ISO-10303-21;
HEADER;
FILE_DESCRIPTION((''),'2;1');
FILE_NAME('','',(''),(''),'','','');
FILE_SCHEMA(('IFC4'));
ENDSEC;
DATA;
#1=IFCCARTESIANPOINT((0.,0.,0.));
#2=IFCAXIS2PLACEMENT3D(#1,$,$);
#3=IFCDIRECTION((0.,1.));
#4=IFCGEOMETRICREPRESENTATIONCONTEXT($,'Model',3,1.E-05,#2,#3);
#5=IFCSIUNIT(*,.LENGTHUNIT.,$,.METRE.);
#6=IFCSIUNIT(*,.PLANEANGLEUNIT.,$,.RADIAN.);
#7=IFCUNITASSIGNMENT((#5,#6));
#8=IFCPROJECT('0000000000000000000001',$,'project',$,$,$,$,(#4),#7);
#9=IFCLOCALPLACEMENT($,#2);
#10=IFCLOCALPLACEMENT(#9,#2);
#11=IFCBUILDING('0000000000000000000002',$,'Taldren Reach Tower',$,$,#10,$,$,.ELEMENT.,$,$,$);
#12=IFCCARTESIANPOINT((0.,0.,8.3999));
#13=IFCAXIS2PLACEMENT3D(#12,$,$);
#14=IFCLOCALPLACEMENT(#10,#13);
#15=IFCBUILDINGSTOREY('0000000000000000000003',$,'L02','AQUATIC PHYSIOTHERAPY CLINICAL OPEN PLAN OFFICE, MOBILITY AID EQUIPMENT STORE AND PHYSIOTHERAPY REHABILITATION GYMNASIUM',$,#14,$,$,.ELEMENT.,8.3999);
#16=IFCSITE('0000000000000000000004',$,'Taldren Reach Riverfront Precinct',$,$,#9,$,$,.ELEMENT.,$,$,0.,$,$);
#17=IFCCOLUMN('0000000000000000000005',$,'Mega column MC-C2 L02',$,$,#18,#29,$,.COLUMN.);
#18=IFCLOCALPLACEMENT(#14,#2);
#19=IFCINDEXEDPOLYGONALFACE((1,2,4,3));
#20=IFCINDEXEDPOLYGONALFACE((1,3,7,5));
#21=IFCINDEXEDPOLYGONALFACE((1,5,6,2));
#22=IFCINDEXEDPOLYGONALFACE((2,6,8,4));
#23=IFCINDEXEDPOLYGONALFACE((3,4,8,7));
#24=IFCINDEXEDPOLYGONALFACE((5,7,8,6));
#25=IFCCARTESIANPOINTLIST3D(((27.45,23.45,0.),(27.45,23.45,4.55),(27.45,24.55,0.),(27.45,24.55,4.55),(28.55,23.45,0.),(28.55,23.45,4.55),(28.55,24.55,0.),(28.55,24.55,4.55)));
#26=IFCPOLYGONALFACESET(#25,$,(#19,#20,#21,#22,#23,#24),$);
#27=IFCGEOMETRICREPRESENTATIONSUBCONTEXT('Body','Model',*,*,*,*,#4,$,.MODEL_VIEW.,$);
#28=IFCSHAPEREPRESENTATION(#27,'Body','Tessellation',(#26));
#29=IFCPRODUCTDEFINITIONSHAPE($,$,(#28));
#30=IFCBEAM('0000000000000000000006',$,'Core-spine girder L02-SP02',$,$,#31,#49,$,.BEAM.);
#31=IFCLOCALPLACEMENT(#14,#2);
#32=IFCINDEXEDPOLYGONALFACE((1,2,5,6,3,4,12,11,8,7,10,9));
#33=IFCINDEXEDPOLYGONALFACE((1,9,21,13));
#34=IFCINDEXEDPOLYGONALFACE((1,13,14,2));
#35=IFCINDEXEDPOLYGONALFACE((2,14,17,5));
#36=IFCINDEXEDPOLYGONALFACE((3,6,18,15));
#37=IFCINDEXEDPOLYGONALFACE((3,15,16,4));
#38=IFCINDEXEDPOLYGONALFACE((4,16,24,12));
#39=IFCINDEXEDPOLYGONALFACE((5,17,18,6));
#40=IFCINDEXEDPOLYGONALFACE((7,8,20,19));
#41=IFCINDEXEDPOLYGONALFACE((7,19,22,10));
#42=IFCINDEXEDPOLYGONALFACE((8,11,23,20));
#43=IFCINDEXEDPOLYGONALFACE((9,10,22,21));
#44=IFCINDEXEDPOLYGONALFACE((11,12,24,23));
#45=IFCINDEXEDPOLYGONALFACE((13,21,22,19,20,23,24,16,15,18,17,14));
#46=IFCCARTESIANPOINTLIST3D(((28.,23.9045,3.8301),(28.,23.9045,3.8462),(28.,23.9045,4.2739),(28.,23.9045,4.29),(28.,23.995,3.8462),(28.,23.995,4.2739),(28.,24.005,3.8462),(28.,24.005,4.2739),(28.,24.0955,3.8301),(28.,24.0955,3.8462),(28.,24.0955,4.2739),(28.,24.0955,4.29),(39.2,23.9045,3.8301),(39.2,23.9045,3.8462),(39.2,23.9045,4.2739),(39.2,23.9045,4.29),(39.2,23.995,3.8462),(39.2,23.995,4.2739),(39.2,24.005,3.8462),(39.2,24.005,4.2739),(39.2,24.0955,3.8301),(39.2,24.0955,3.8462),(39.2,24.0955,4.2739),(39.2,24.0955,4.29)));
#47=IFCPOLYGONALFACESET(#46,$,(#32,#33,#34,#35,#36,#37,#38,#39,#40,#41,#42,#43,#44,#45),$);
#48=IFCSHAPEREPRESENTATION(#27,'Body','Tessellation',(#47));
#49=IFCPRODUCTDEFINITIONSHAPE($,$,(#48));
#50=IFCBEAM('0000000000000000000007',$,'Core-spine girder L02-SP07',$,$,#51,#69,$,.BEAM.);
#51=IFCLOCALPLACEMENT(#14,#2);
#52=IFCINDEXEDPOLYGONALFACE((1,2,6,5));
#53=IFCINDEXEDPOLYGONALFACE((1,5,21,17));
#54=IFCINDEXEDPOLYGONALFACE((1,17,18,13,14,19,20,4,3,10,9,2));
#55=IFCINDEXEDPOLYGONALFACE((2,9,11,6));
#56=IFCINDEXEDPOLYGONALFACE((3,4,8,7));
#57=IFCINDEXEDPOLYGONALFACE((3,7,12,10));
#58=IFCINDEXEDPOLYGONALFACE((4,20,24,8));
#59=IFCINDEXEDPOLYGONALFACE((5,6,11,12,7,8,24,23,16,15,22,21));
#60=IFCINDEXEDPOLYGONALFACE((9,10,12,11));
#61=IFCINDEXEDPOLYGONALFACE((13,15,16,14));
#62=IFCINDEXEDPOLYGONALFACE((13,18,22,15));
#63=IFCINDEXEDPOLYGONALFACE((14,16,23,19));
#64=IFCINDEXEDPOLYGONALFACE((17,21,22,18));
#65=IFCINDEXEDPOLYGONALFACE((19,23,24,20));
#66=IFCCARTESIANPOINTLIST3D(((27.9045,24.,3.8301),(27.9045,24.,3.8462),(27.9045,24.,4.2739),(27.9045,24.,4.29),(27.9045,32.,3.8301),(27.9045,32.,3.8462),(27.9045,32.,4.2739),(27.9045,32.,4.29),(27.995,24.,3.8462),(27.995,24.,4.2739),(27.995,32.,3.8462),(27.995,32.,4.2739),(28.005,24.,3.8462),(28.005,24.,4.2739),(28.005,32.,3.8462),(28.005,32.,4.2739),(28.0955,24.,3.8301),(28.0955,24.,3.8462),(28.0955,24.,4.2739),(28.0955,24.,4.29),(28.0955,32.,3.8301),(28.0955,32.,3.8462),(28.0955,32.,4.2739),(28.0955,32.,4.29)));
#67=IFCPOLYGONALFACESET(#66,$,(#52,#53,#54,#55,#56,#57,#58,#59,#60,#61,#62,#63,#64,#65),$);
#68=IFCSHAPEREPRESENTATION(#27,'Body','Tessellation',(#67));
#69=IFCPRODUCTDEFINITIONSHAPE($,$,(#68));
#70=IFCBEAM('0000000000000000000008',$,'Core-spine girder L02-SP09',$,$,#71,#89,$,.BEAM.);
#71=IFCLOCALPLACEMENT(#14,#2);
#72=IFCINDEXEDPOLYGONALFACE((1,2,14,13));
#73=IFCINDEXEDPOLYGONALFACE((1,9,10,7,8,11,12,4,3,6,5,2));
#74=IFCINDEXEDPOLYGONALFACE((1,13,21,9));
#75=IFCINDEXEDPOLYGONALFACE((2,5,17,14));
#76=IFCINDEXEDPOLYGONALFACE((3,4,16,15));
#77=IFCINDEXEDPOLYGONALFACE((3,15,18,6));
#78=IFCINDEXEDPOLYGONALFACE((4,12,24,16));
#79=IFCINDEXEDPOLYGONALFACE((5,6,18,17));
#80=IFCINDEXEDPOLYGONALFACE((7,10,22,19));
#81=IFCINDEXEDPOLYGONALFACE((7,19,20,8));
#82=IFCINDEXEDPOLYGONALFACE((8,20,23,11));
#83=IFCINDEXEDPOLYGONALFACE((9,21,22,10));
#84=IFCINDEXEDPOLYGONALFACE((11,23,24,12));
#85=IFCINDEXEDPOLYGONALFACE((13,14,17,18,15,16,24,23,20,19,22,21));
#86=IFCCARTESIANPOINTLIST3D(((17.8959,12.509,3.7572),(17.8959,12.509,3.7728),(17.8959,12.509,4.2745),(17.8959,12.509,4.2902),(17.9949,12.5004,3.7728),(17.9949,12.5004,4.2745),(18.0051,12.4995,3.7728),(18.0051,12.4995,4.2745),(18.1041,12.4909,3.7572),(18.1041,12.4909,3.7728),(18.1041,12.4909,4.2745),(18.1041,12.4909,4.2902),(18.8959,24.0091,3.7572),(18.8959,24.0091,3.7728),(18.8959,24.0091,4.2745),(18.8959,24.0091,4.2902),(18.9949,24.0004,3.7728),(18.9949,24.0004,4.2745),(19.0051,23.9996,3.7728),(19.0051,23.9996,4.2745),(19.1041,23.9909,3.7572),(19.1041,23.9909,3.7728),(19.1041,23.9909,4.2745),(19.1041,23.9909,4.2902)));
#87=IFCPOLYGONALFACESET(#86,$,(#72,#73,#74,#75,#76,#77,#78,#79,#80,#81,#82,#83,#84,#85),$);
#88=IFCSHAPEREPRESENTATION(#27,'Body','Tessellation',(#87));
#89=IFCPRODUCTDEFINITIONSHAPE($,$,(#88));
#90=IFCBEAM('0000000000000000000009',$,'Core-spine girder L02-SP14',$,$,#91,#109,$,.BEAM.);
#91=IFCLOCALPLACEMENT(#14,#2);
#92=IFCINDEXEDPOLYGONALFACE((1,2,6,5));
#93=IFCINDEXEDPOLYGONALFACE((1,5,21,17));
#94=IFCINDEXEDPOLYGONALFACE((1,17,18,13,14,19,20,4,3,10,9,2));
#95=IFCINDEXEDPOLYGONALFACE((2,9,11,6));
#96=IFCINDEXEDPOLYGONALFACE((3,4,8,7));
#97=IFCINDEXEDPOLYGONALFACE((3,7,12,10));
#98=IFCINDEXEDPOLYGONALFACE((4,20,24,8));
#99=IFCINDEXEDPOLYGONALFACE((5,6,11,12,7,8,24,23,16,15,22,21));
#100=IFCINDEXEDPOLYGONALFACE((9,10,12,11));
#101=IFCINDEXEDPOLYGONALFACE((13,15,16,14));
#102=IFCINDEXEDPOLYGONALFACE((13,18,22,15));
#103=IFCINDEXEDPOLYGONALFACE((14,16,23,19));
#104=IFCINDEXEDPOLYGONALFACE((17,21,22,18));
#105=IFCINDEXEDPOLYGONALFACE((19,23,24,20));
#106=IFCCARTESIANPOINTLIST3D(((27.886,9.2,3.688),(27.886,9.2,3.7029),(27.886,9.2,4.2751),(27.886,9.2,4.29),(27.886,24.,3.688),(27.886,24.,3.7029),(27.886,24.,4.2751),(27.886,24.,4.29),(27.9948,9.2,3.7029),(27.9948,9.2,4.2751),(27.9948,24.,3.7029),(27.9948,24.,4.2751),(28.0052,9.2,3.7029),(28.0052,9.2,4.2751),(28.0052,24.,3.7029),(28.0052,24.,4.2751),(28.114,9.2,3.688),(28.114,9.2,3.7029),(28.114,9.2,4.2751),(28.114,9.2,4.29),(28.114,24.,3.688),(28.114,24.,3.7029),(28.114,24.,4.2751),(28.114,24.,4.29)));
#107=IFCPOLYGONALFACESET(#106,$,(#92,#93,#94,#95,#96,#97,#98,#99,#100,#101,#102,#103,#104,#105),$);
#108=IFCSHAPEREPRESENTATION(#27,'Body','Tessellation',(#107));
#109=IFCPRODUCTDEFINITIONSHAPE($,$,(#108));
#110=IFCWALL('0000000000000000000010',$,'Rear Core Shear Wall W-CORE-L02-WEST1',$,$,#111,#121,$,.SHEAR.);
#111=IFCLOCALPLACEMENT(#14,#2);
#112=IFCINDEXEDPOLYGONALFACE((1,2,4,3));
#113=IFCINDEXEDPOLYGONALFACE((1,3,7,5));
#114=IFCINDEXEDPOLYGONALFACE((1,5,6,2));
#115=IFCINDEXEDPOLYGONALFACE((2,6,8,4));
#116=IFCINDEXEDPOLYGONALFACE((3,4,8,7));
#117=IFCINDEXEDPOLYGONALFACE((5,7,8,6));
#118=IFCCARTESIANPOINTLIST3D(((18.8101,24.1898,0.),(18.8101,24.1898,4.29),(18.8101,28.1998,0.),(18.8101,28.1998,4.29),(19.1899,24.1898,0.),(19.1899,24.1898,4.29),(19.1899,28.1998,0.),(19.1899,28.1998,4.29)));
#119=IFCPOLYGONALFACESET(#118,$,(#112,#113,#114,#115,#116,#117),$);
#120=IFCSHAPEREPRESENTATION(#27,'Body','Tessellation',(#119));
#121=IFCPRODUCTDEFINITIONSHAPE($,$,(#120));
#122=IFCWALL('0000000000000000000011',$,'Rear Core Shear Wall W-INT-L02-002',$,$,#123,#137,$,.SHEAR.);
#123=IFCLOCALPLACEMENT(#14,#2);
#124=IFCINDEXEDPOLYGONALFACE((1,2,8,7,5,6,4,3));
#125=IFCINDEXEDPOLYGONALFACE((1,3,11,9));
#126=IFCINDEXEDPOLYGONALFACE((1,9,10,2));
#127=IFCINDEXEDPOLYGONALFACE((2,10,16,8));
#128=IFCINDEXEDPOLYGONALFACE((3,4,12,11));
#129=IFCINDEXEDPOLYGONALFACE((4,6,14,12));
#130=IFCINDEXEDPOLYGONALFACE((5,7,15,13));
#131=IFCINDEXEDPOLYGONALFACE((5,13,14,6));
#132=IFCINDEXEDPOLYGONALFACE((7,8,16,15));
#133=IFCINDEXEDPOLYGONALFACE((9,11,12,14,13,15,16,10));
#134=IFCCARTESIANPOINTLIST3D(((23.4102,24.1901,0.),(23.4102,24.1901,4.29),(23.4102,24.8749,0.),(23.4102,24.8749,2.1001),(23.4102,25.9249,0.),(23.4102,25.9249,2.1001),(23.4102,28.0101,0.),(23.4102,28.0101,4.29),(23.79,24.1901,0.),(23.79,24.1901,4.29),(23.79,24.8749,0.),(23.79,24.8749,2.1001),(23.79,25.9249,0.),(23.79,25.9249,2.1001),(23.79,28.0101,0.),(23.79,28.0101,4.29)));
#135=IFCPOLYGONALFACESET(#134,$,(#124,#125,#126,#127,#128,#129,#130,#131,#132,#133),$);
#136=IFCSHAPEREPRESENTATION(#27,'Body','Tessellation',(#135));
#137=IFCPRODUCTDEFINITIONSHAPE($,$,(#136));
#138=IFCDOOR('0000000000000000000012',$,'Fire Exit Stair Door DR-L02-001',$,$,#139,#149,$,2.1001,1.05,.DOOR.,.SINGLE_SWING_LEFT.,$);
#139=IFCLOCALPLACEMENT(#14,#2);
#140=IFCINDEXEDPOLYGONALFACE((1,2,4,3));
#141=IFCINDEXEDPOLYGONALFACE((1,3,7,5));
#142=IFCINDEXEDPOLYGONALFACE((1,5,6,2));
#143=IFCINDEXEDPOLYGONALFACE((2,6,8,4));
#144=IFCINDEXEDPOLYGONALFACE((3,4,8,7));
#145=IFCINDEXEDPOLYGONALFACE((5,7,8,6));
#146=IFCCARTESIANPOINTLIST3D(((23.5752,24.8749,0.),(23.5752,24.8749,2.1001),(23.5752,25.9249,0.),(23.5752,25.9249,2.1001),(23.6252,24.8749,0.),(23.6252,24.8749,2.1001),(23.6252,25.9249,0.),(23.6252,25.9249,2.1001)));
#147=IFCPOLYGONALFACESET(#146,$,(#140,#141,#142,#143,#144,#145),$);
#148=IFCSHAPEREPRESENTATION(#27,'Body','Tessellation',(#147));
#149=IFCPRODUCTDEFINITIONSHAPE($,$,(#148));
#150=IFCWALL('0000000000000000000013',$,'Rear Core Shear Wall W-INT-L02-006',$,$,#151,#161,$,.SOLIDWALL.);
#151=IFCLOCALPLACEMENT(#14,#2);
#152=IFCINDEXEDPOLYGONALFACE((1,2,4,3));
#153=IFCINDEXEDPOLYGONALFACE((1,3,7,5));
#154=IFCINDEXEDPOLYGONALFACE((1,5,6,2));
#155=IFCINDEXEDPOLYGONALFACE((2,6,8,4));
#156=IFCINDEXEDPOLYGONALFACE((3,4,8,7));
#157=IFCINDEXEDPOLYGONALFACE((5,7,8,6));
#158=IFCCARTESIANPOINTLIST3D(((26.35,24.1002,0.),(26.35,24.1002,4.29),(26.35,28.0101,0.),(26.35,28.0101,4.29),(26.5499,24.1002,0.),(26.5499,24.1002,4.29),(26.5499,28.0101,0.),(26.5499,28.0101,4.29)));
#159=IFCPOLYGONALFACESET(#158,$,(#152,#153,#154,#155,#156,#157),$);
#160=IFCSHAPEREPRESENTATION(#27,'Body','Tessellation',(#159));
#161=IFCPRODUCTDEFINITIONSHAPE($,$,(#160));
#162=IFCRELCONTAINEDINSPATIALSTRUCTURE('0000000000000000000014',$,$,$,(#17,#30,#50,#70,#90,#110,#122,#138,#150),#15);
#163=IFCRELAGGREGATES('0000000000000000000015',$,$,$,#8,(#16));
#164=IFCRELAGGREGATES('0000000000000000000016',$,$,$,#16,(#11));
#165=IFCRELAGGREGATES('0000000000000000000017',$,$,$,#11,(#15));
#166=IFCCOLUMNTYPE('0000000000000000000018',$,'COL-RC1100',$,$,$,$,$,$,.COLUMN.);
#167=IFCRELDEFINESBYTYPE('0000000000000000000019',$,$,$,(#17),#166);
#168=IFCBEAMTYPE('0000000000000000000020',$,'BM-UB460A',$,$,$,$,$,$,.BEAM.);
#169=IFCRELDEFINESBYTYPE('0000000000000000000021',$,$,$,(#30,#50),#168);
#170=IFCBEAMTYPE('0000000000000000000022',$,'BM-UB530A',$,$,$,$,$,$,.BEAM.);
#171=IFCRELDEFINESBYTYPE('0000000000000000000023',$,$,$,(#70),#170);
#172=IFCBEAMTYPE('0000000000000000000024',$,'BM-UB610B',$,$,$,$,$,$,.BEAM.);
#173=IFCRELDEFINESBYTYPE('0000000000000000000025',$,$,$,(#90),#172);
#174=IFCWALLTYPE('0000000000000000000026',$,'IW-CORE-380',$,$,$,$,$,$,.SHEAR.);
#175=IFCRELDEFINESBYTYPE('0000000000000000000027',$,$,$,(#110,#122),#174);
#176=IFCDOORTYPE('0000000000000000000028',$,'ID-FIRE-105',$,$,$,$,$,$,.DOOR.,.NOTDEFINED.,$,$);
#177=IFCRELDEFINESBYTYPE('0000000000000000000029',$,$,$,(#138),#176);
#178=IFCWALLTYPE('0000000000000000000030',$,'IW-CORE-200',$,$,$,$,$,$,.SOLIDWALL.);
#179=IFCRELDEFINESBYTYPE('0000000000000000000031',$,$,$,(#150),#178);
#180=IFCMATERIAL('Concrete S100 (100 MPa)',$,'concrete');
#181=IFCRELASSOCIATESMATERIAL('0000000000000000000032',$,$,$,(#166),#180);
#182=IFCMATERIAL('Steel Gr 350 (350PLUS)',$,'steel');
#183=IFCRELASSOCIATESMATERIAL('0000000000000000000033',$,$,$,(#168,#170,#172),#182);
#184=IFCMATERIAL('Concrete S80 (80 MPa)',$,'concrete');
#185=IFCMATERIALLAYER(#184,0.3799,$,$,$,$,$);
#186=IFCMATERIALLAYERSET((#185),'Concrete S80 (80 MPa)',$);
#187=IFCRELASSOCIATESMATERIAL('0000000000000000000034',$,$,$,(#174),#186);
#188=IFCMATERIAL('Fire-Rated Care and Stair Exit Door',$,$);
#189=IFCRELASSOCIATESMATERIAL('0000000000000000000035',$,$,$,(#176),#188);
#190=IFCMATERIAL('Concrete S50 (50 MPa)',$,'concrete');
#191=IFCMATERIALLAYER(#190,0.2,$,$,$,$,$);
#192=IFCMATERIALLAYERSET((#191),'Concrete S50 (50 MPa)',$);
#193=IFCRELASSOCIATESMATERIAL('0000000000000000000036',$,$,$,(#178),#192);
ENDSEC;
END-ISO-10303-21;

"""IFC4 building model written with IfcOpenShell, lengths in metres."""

from ifc_helpers import new_model, si_unit, direction, frame, frame_2d, origin, origin_2d, place, context, subcontext, project, spatial, rectangle, i_section, extrude, source, transform, mapped, material, layer, layer_set, material_profile, profile_set, type_object, element, fill, save


model = new_model("IFC4")

# Units and contexts
model_context = context("Model", 3, precision=1e-05, world=origin(), true_north=direction((0.0, 1.0)))
body_context = subcontext(model_context, "Body", "Model", "MODEL_VIEW")
ifc_project = project(units=[si_unit("LENGTHUNIT", "METRE"), si_unit("PLANEANGLEUNIT", "RADIAN")], contexts=[model_context])

# Site, building, storey
site_placement = place(None, origin())
site = spatial("IfcSite", under=ifc_project, at=site_placement, Name="Taldren Reach Riverfront Precinct", CompositionType="ELEMENT", RefElevation=0.0)
building_placement = place(site_placement, origin())
building = spatial("IfcBuilding", under=site, at=building_placement, Name="Taldren Reach Tower", CompositionType="ELEMENT")
storey_placement = place(building_placement, frame((0.0, 0.0, 8.3999)))
storey = spatial("IfcBuildingStorey", under=building, at=storey_placement, Name="L02", Description="AQUATIC PHYSIOTHERAPY CLINICAL OPEN PLAN OFFICE, MOBILITY AID EQUIPMENT STORE AND PHYSIOTHERAPY REHABILITATION GYMNASIUM", CompositionType="ELEMENT", Elevation=8.3999)

# Column
ifc_material_1 = material(Name="Concrete S100 (100 MPa)", Category="concrete")
ifc_material_profile_1 = material_profile(ifc_material_1, rectangle(XDim=1.1001, YDim=1.1001, at=origin_2d()), Name="RC-1100x1100")
ifc_profile_set_1 = profile_set([ifc_material_profile_1], Name="Concrete S100 (100 MPa)")
column_type = type_object("IfcColumnType", Name="COL-RC1100", PredefinedType="COLUMN", material=ifc_profile_set_1)
shared_shape_1 = source(origin(), body_context, "Body", "SweptSolid", [
    extrude(rectangle(XDim=1.1001, YDim=1.1001, at=origin_2d()), origin(), (0.0, 0.0, 1.0), 4.55),
])
column_placement = place(storey_placement, frame((28.0, 24.0, 0.0), z_axis=(0.0, 0.0, 1.0), x_axis=(1.0, 0.0, 0.0)))
element("IfcColumn", 1, at=column_placement, inside=storey, type_object=column_type, Name="Mega column MC-C2 L02", PredefinedType="COLUMN", context=body_context, shape_type="MappedRepresentation", body=[
    mapped(shared_shape_1, transform((0.0, 0.0, 0.0), scale=1.0)),
])

# Beams
ifc_material_2 = material(Name="Steel Gr 350 (350PLUS)", Category="steel")
ifc_material_profile_2 = material_profile(ifc_material_2, i_section(OverallWidth=0.1909, OverallDepth=0.46, WebThickness=0.01, FlangeThickness=0.0161, at=origin_2d()), Name="460UB82.1")
ifc_profile_set_2 = profile_set([ifc_material_profile_2], Name="Steel Gr 350 (350PLUS)")
beam_type_1 = type_object("IfcBeamType", Name="BM-UB460A", PredefinedType="BEAM", material=ifc_profile_set_2)
shared_shape_2 = source(origin(), body_context, "Body", "SweptSolid", [
    extrude(i_section(OverallWidth=0.1909, OverallDepth=0.46, WebThickness=0.01, FlangeThickness=0.0161, at=origin_2d()), origin(), (0.0, 0.0, 1.0), 11.2),
])
beam_1_placement = place(storey_placement, frame((28.0, 24.0, 4.0601), z_axis=(1.0, 0.0, 0.0), x_axis=(0.0, 1.0, 0.0)))
element("IfcBeam", 2, at=beam_1_placement, inside=storey, type_object=beam_type_1, Name="Core-spine girder L02-SP02", PredefinedType="BEAM", context=body_context, shape_type="MappedRepresentation", body=[
    mapped(shared_shape_2, transform((0.0, 0.0, 0.0), scale=1.0)),
])
shared_shape_3 = source(origin(), body_context, "Body", "SweptSolid", [
    extrude(i_section(OverallWidth=0.1909, OverallDepth=0.46, WebThickness=0.01, FlangeThickness=0.0161, at=origin_2d()), origin(), (0.0, 0.0, 1.0), 8.0),
])
beam_2_placement = place(storey_placement, frame((28.0, 24.0, 4.0601), z_axis=(0.0, 1.0, 0.0), x_axis=(-1.0, 0.0, 0.0)))
element("IfcBeam", 3, at=beam_2_placement, inside=storey, type_object=beam_type_1, Name="Core-spine girder L02-SP07", PredefinedType="BEAM", context=body_context, shape_type="MappedRepresentation", body=[
    mapped(shared_shape_3, transform((0.0, 0.0, 0.0), scale=1.0)),
])
ifc_material_profile_3 = material_profile(ifc_material_2, i_section(OverallWidth=0.209, OverallDepth=0.533, WebThickness=0.0103, FlangeThickness=0.0156, at=origin_2d()), Name="530UB92.4")
ifc_profile_set_3 = profile_set([ifc_material_profile_3], Name="Steel Gr 350 (350PLUS)")
beam_type_2 = type_object("IfcBeamType", Name="BM-UB530A", PredefinedType="BEAM", material=ifc_profile_set_3)
shared_shape_4 = source(origin(), body_context, "Body", "SweptSolid", [
    extrude(i_section(OverallWidth=0.209, OverallDepth=0.533, WebThickness=0.0103, FlangeThickness=0.0156, at=origin_2d()), origin(), (0.0, 0.0, 1.0), 11.5435),
])
beam_3_placement = place(storey_placement, frame((19.0, 24.0, 4.0237), z_axis=(-0.08663, -0.996241, 0.0), x_axis=(0.996241, -0.08663, 0.0)))
element("IfcBeam", 4, at=beam_3_placement, inside=storey, type_object=beam_type_2, Name="Core-spine girder L02-SP09", PredefinedType="BEAM", context=body_context, shape_type="MappedRepresentation", body=[
    mapped(shared_shape_4, transform((0.0, 0.0, 0.0), scale=1.0)),
])
ifc_material_profile_4 = material_profile(ifc_material_2, i_section(OverallWidth=0.228, OverallDepth=0.6021, WebThickness=0.0105, FlangeThickness=0.0149, at=origin_2d()), Name="610UB101")
ifc_profile_set_4 = profile_set([ifc_material_profile_4], Name="Steel Gr 350 (350PLUS)")
beam_type_3 = type_object("IfcBeamType", Name="BM-UB610B", PredefinedType="BEAM", material=ifc_profile_set_4)
shared_shape_5 = source(origin(), body_context, "Body", "SweptSolid", [
    extrude(i_section(OverallWidth=0.228, OverallDepth=0.6021, WebThickness=0.0105, FlangeThickness=0.0149, at=origin_2d()), origin(), (0.0, 0.0, 1.0), 14.8),
])
beam_4_placement = place(storey_placement, frame((28.0, 24.0, 3.989), z_axis=(0.0, -1.0, 0.0), x_axis=(1.0, 0.0, 0.0)))
element("IfcBeam", 5, at=beam_4_placement, inside=storey, type_object=beam_type_3, Name="Core-spine girder L02-SP14", PredefinedType="BEAM", context=body_context, shape_type="MappedRepresentation", body=[
    mapped(shared_shape_5, transform((0.0, 0.0, 0.0), scale=1.0)),
])

# Wall
ifc_material_3 = material(Name="Concrete S80 (80 MPa)", Category="concrete")
ifc_layer_1 = layer(ifc_material_3, 0.3799)
ifc_layer_set_1 = layer_set([ifc_layer_1], Name="Concrete S80 (80 MPa)")
wall_type_1 = type_object("IfcWallType", Name="IW-CORE-380", PredefinedType="SHEAR", material=ifc_layer_set_1)
shared_shape_6 = source(origin(), body_context, "Body", "SweptSolid", [
    extrude(rectangle(XDim=4.01, YDim=0.3799, at=frame_2d((2.0049, 0.0))), origin(), (0.0, 0.0, 1.0), 4.29),
])
wall_1_placement = place(storey_placement, frame((19.0, 24.1899, 0.0), z_axis=(0.0, 0.0, 1.0), x_axis=(0.0, 1.0, 0.0)))
element("IfcWall", 6, at=wall_1_placement, inside=storey, type_object=wall_type_1, Name="Rear Core Shear Wall W-CORE-L02-WEST1", PredefinedType="SHEAR", context=body_context, shape_type="MappedRepresentation", body=[
    mapped(shared_shape_6, transform((0.0, 0.0, 0.0), scale=1.0)),
])

# Wall, opening, door
shared_shape_7 = source(origin(), body_context, "Body", "SweptSolid", [
    extrude(rectangle(XDim=3.8201, YDim=0.3799, at=frame_2d((1.9102, 0.0))), origin(), (0.0, 0.0, 1.0), 4.29),
])
wall_2_placement = place(storey_placement, frame((23.6001, 24.1899, 0.0), z_axis=(0.0, 0.0, 1.0), x_axis=(0.0, 1.0, 0.0)))
wall_2 = element("IfcWall", 7, at=wall_2_placement, inside=storey, type_object=wall_type_1, Name="Rear Core Shear Wall W-INT-L02-002", PredefinedType="SHEAR", context=body_context, shape_type="MappedRepresentation", body=[
    mapped(shared_shape_7, transform((0.0, 0.0, 0.0), scale=1.0)),
])
shared_shape_8 = source(origin(), body_context, "Body", "SweptSolid", [
    extrude(rectangle(XDim=1.05, YDim=2.1001, at=frame_2d((0.5249, 1.05))), frame((0.0, 0.2, 0.0), z_axis=(0.0, -1.0, 0.0), x_axis=(1.0, 0.0, 0.0)), (0.0, 0.0, 1.0), 0.3999),
])
opening_1_placement = place(wall_2_placement, frame((0.6851, 0.0, 0.0)))
opening_1 = element("IfcOpeningElement", 8, at=opening_1_placement, cuts=wall_2, PredefinedType="OPENING", context=body_context, shape_type="MappedRepresentation", body=[
    mapped(shared_shape_8, transform((0.0, 0.0, 0.0), scale=1.0)),
])
ifc_material_4 = material(Name="Fire-Rated Care and Stair Exit Door")
door_type = type_object("IfcDoorType", Name="ID-FIRE-105", OperationType="NOTDEFINED", PredefinedType="DOOR", material=ifc_material_4)
shared_shape_9 = source(origin(), body_context, "Body", "SweptSolid", [
    extrude(rectangle(XDim=1.05, YDim=2.1001, at=frame_2d((0.5249, 1.05))), frame((0.0, 0.0249, 0.0), z_axis=(0.0, -1.0, 0.0), x_axis=(1.0, 0.0, 0.0)), (0.0, 0.0, 1.0), 0.05),
])
door_1_placement = place(opening_1_placement, origin())
door_1 = element("IfcDoor", 9, at=door_1_placement, inside=storey, type_object=door_type, Name="Fire Exit Stair Door DR-L02-001", OperationType="SINGLE_SWING_LEFT", OverallHeight=2.1001, OverallWidth=1.05, PredefinedType="DOOR", context=body_context, shape_type="MappedRepresentation", body=[
    mapped(shared_shape_9, transform((0.0, 0.0, 0.0), scale=1.0)),
])
fill(opening_1, door_1)

# Wall
ifc_material_5 = material(Name="Concrete S50 (50 MPa)", Category="concrete")
ifc_layer_2 = layer(ifc_material_5, 0.2)
ifc_layer_set_2 = layer_set([ifc_layer_2], Name="Concrete S50 (50 MPa)")
wall_type_2 = type_object("IfcWallType", Name="IW-CORE-200", PredefinedType="SOLIDWALL", material=ifc_layer_set_2)
shared_shape_10 = source(origin(), body_context, "Body", "SweptSolid", [
    extrude(rectangle(XDim=3.9099, YDim=0.2, at=frame_2d((1.9551, 0.0))), origin(), (0.0, 0.0, 1.0), 4.29),
])
wall_3_placement = place(storey_placement, frame((26.45, 24.1001, 0.0), z_axis=(0.0, 0.0, 1.0), x_axis=(0.0, 1.0, 0.0)))
element("IfcWall", 10, at=wall_3_placement, inside=storey, type_object=wall_type_2, Name="Rear Core Shear Wall W-INT-L02-006", PredefinedType="SOLIDWALL", context=body_context, shape_type="MappedRepresentation", body=[
    mapped(shared_shape_10, transform((0.0, 0.0, 0.0), scale=1.0)),
])

save(model, "model.ifc")
